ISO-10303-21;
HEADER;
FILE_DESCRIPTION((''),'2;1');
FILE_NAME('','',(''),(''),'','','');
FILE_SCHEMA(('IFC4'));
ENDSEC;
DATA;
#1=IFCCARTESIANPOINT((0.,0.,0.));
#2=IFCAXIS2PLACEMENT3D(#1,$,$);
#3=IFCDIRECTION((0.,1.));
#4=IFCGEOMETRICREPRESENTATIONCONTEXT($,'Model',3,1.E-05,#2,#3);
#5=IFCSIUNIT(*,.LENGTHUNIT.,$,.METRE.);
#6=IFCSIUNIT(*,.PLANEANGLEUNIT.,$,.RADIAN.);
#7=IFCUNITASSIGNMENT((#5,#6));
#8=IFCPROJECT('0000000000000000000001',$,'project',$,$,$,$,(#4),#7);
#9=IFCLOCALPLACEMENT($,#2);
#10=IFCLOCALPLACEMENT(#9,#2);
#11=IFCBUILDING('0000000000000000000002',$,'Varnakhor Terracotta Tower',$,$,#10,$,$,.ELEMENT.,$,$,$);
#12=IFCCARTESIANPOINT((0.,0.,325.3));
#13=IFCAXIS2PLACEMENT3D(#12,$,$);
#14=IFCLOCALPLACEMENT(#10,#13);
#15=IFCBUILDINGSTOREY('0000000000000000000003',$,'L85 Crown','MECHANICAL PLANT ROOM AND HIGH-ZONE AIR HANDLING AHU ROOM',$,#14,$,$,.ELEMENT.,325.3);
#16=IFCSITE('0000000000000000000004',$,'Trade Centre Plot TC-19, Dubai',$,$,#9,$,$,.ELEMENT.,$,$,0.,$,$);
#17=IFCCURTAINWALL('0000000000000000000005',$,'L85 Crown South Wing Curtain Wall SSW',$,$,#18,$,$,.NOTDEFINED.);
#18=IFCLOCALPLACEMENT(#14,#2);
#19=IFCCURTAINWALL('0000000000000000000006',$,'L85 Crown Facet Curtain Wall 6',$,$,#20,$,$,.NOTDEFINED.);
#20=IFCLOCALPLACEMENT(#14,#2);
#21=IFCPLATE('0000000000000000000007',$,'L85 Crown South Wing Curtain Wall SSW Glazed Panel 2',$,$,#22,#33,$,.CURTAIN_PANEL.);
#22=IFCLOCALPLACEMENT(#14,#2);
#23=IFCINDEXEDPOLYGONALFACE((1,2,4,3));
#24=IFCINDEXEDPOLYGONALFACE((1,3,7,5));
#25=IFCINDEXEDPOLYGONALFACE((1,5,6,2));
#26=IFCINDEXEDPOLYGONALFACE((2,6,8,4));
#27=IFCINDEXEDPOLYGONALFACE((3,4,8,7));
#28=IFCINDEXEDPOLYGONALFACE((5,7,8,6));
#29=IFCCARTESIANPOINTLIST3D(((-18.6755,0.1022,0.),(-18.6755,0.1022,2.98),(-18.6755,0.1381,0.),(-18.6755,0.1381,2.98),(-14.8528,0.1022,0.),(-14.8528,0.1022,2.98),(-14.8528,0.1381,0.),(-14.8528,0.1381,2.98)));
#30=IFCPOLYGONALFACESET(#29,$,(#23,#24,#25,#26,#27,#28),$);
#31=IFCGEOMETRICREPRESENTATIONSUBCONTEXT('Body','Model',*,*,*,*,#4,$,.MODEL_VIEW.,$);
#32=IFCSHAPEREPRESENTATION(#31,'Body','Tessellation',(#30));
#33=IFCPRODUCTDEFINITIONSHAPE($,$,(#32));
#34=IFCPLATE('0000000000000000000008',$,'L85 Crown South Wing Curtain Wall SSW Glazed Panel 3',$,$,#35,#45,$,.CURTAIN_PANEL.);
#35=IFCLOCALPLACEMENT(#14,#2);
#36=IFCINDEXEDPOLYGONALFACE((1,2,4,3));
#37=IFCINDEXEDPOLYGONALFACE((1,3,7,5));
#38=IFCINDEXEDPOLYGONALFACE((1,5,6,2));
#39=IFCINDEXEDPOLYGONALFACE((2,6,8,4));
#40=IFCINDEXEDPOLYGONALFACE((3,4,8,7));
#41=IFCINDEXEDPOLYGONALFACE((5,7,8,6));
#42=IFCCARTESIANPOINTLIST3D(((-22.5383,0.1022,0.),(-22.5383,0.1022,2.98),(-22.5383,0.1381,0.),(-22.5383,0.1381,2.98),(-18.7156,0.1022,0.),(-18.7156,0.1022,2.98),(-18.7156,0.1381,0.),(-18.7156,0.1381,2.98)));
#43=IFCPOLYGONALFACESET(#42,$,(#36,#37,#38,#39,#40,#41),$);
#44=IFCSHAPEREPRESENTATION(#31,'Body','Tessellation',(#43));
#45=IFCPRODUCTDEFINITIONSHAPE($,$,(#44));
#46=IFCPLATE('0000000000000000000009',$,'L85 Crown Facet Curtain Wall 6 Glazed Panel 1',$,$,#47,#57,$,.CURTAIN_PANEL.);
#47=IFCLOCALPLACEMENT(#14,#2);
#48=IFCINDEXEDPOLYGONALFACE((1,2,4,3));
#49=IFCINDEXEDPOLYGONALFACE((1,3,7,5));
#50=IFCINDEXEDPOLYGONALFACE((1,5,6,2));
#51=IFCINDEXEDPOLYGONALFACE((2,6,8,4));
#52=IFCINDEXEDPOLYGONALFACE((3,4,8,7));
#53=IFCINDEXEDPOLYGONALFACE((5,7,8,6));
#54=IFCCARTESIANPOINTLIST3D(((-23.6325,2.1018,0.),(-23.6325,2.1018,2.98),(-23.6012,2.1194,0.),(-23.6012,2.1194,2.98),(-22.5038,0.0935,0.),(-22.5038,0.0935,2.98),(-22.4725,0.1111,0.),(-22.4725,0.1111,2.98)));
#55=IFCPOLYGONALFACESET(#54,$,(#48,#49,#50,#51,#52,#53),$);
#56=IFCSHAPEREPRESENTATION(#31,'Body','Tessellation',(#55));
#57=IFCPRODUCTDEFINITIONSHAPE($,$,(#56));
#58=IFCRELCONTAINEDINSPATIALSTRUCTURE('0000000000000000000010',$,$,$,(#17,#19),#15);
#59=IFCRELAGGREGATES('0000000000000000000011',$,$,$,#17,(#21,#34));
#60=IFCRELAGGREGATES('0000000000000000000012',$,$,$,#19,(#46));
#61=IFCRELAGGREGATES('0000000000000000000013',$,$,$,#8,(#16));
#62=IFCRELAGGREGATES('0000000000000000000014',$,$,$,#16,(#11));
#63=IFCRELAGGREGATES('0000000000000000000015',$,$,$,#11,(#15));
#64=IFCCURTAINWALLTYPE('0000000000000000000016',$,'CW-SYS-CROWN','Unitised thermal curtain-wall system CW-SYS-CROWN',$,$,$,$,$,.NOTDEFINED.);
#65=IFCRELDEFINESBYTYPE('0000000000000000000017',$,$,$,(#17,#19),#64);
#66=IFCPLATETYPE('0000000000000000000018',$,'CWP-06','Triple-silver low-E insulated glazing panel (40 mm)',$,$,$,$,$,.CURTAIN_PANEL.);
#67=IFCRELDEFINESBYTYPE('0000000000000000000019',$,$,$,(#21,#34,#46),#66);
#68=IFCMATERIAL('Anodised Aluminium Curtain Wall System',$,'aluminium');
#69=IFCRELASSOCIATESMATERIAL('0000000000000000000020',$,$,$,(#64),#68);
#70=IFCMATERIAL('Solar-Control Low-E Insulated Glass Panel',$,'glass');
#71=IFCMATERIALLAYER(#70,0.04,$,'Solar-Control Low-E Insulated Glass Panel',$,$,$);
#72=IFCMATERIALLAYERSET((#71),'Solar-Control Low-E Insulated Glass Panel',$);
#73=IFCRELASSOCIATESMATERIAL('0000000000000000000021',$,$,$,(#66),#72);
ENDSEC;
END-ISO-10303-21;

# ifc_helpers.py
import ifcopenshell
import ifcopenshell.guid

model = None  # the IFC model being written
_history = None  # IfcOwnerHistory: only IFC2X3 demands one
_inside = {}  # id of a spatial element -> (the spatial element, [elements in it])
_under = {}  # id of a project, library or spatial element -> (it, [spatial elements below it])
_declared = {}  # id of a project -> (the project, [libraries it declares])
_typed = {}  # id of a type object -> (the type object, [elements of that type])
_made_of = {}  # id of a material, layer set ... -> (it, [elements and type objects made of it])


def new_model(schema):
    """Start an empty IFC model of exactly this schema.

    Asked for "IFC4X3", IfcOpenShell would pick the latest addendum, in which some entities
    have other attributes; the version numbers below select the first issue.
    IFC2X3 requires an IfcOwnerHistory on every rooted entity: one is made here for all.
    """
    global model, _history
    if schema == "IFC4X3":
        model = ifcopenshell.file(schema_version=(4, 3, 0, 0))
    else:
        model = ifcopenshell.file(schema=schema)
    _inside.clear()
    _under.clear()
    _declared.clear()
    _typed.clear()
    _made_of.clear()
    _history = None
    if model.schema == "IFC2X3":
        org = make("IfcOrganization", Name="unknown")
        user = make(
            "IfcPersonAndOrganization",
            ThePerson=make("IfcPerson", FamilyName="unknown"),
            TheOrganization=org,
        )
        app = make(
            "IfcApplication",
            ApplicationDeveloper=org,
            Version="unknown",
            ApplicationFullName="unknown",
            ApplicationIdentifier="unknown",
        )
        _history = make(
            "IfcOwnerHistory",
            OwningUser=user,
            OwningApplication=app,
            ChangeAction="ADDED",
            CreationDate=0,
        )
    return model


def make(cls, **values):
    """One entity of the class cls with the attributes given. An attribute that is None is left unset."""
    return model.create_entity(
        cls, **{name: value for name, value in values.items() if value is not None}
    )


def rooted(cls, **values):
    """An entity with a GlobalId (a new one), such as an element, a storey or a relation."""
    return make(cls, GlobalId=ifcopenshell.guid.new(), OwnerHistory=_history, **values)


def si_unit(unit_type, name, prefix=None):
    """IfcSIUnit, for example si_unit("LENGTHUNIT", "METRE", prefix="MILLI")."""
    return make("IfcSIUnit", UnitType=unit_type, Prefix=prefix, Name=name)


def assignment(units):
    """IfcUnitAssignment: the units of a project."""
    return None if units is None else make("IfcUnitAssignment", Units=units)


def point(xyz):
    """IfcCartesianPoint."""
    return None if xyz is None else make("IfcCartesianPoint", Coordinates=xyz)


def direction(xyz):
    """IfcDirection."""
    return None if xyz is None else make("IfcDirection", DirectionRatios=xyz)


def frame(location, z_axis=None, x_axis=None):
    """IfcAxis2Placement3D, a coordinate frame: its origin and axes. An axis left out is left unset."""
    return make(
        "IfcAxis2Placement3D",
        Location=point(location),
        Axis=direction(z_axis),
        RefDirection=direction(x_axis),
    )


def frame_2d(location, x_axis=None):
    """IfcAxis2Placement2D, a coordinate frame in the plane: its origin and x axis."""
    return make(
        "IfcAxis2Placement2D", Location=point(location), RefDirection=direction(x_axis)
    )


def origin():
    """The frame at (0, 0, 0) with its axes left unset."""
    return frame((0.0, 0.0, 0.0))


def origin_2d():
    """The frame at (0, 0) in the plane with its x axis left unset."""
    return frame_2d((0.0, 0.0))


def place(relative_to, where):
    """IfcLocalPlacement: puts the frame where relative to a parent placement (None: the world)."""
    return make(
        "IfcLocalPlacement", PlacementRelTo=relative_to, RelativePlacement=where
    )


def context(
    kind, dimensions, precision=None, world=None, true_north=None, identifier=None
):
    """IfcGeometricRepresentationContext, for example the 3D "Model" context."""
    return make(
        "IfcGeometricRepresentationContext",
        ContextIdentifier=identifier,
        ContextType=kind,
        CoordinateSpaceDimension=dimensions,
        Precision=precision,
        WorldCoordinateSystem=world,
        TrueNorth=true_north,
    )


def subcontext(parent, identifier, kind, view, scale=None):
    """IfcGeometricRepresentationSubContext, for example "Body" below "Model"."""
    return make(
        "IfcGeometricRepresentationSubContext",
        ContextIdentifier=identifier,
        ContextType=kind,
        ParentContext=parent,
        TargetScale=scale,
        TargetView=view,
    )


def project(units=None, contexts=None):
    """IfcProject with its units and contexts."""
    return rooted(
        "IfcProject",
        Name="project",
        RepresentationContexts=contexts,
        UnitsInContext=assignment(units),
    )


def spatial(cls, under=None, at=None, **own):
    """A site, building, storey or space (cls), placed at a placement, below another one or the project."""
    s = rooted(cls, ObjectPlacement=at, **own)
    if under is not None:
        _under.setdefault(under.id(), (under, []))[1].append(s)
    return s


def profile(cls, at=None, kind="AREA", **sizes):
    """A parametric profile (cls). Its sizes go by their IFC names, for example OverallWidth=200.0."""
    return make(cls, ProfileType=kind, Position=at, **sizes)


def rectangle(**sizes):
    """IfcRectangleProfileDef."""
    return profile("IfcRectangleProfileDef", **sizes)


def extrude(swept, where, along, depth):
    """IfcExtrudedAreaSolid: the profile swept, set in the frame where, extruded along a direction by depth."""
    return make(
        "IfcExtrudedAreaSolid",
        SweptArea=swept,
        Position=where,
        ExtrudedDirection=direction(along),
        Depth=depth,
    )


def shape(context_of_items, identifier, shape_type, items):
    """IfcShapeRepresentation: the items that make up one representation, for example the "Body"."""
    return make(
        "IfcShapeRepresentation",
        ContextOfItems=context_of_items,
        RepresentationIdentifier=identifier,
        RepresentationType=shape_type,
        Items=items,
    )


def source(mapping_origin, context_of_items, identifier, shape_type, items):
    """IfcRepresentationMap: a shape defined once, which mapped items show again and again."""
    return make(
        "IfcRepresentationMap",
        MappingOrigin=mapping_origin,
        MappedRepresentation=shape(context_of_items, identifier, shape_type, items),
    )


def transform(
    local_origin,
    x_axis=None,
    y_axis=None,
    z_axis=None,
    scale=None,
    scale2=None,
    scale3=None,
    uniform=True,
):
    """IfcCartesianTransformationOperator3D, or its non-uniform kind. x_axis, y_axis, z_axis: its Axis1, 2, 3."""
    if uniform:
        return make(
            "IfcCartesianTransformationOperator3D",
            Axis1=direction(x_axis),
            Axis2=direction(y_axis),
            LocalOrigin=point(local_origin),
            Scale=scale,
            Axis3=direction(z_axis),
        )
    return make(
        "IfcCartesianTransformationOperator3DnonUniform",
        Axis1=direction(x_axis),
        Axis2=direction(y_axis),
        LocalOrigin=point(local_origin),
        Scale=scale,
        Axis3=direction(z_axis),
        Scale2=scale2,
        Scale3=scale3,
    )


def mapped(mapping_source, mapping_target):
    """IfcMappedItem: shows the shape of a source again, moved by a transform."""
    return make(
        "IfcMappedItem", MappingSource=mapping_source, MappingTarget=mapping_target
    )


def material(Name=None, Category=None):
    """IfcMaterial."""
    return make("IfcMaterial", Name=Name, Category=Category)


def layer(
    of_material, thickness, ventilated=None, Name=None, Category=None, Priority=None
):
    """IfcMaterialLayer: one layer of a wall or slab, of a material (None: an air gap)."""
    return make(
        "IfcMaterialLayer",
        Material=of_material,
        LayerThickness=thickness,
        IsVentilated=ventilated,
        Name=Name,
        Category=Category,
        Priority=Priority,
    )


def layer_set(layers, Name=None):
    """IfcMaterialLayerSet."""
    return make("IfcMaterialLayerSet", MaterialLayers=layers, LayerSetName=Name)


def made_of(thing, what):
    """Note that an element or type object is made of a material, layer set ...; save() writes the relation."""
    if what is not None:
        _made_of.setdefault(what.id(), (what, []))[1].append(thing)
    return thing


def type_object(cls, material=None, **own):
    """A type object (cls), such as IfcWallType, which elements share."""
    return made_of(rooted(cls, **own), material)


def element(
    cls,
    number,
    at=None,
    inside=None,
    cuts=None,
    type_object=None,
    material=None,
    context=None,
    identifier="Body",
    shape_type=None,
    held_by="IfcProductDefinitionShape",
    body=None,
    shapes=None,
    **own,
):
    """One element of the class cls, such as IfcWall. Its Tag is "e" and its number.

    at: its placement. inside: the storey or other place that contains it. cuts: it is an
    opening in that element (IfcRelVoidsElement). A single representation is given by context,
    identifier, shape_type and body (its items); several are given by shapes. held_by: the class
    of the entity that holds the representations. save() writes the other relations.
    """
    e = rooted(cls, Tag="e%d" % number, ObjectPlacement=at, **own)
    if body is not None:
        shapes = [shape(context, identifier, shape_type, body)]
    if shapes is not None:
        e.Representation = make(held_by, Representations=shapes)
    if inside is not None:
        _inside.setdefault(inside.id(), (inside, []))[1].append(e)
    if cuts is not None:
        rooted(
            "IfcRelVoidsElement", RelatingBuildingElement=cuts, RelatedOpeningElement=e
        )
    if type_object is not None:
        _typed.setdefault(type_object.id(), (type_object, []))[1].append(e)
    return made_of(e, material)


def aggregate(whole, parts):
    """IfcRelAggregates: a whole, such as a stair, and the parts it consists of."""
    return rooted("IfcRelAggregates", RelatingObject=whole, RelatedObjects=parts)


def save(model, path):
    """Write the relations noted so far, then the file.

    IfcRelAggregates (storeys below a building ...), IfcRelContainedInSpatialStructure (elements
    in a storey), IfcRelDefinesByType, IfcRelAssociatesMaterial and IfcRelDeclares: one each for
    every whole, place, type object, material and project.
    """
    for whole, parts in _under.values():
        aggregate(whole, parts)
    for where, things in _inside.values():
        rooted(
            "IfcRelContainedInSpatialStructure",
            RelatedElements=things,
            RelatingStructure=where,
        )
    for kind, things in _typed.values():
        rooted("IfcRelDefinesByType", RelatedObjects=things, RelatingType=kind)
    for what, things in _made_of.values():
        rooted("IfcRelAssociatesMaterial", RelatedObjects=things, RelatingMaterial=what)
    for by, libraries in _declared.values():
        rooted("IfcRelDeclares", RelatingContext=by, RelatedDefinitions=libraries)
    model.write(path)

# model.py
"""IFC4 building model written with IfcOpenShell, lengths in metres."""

from ifc_helpers import new_model, si_unit, direction, frame, origin, origin_2d, place, context, subcontext, project, spatial, rectangle, extrude, source, transform, mapped, material, layer, layer_set, type_object, element, aggregate, save


model = new_model("IFC4")

# Units and contexts
model_context = context("Model", 3, precision=1e-05, world=origin(), true_north=direction((0.0, 1.0)))
body_context = subcontext(model_context, "Body", "Model", "MODEL_VIEW")
ifc_project = project(units=[si_unit("LENGTHUNIT", "METRE"), si_unit("PLANEANGLEUNIT", "RADIAN")], contexts=[model_context])

# Site, building, storey
site_placement = place(None, origin())
site = spatial("IfcSite", under=ifc_project, at=site_placement, Name="Trade Centre Plot TC-19, Dubai", CompositionType="ELEMENT", RefElevation=0.0)
building_placement = place(site_placement, origin())
building = spatial("IfcBuilding", under=site, at=building_placement, Name="Varnakhor Terracotta Tower", CompositionType="ELEMENT")
storey_placement = place(building_placement, frame((0.0, 0.0, 325.3)))
storey = spatial("IfcBuildingStorey", under=building, at=storey_placement, Name="L85 Crown", Description="MECHANICAL PLANT ROOM AND HIGH-ZONE AIR HANDLING AHU ROOM", CompositionType="ELEMENT", Elevation=325.3)

# Curtain wall
ifc_material_1 = material(Name="Anodised Aluminium Curtain Wall System", Category="aluminium")
curtain_wall_type = type_object("IfcCurtainWallType", Name="CW-SYS-CROWN", Description="Unitised thermal curtain-wall system CW-SYS-CROWN", PredefinedType="NOTDEFINED", material=ifc_material_1)
curtain_wall_1_placement = place(storey_placement, origin())
curtain_wall_1 = element("IfcCurtainWall", 1, at=curtain_wall_1_placement, inside=storey, type_object=curtain_wall_type, Name="L85 Crown South Wing Curtain Wall SSW", PredefinedType="NOTDEFINED")

# Curtain wall
curtain_wall_2_placement = place(storey_placement, origin())
curtain_wall_2 = element("IfcCurtainWall", 2, at=curtain_wall_2_placement, inside=storey, type_object=curtain_wall_type, Name="L85 Crown Facet Curtain Wall 6", PredefinedType="NOTDEFINED")

# Plates
ifc_material_2 = material(Name="Solar-Control Low-E Insulated Glass Panel", Category="glass")
ifc_layer = layer(ifc_material_2, 0.04, Name="Solar-Control Low-E Insulated Glass Panel")
ifc_layer_set = layer_set([ifc_layer], Name="Solar-Control Low-E Insulated Glass Panel")
plate_type = type_object("IfcPlateType", Name="CWP-06", Description="Triple-silver low-E insulated glazing panel (40 mm)", PredefinedType="CURTAIN_PANEL", material=ifc_layer_set)
shared_shape_1 = source(origin(), body_context, "Body", "SweptSolid", [
    extrude(rectangle(XDim=3.8228, YDim=0.0359, at=origin_2d()), origin(), (0.0, 0.0, 1.0), 2.98),
])
plate_1_placement = place(storey_placement, frame((-16.7642, 0.1201, 0.0), z_axis=(0.0, 0.0, 1.0), x_axis=(-1.0, 0.0, 0.0)))
plate_1 = element("IfcPlate", 3, at=plate_1_placement, type_object=plate_type, Name="L85 Crown South Wing Curtain Wall SSW Glazed Panel 2", PredefinedType="CURTAIN_PANEL", context=body_context, shape_type="MappedRepresentation", body=[
    mapped(shared_shape_1, transform((0.0, 0.0, 0.0), scale=1.0)),
])
plate_2_placement = place(storey_placement, frame((-20.627, 0.1201, 0.0), z_axis=(0.0, 0.0, 1.0), x_axis=(-1.0, 0.0, 0.0)))
plate_2 = element("IfcPlate", 4, at=plate_2_placement, type_object=plate_type, Name="L85 Crown South Wing Curtain Wall SSW Glazed Panel 3", PredefinedType="CURTAIN_PANEL", context=body_context, shape_type="MappedRepresentation", body=[
    mapped(shared_shape_1, transform((0.0, 0.0, 0.0), scale=1.0)),
])
aggregate(curtain_wall_1, [plate_1, plate_2])
shared_shape_2 = source(origin(), body_context, "Body", "SweptSolid", [
    extrude(rectangle(XDim=2.3037, YDim=0.0359, at=origin_2d()), origin(), (0.0, 0.0, 1.0), 2.98),
])
plate_3_placement = place(storey_placement, frame((-23.0525, 1.1064, 0.0), z_axis=(0.0, 0.0, 1.0), x_axis=(-0.48993, 0.871762, 0.0)))
plate_3 = element("IfcPlate", 5, at=plate_3_placement, type_object=plate_type, Name="L85 Crown Facet Curtain Wall 6 Glazed Panel 1", PredefinedType="CURTAIN_PANEL", context=body_context, shape_type="MappedRepresentation", body=[
    mapped(shared_shape_2, transform((0.0, 0.0, 0.0), scale=1.0)),
])
aggregate(curtain_wall_2, [plate_3])

save(model, "model.ifc")
